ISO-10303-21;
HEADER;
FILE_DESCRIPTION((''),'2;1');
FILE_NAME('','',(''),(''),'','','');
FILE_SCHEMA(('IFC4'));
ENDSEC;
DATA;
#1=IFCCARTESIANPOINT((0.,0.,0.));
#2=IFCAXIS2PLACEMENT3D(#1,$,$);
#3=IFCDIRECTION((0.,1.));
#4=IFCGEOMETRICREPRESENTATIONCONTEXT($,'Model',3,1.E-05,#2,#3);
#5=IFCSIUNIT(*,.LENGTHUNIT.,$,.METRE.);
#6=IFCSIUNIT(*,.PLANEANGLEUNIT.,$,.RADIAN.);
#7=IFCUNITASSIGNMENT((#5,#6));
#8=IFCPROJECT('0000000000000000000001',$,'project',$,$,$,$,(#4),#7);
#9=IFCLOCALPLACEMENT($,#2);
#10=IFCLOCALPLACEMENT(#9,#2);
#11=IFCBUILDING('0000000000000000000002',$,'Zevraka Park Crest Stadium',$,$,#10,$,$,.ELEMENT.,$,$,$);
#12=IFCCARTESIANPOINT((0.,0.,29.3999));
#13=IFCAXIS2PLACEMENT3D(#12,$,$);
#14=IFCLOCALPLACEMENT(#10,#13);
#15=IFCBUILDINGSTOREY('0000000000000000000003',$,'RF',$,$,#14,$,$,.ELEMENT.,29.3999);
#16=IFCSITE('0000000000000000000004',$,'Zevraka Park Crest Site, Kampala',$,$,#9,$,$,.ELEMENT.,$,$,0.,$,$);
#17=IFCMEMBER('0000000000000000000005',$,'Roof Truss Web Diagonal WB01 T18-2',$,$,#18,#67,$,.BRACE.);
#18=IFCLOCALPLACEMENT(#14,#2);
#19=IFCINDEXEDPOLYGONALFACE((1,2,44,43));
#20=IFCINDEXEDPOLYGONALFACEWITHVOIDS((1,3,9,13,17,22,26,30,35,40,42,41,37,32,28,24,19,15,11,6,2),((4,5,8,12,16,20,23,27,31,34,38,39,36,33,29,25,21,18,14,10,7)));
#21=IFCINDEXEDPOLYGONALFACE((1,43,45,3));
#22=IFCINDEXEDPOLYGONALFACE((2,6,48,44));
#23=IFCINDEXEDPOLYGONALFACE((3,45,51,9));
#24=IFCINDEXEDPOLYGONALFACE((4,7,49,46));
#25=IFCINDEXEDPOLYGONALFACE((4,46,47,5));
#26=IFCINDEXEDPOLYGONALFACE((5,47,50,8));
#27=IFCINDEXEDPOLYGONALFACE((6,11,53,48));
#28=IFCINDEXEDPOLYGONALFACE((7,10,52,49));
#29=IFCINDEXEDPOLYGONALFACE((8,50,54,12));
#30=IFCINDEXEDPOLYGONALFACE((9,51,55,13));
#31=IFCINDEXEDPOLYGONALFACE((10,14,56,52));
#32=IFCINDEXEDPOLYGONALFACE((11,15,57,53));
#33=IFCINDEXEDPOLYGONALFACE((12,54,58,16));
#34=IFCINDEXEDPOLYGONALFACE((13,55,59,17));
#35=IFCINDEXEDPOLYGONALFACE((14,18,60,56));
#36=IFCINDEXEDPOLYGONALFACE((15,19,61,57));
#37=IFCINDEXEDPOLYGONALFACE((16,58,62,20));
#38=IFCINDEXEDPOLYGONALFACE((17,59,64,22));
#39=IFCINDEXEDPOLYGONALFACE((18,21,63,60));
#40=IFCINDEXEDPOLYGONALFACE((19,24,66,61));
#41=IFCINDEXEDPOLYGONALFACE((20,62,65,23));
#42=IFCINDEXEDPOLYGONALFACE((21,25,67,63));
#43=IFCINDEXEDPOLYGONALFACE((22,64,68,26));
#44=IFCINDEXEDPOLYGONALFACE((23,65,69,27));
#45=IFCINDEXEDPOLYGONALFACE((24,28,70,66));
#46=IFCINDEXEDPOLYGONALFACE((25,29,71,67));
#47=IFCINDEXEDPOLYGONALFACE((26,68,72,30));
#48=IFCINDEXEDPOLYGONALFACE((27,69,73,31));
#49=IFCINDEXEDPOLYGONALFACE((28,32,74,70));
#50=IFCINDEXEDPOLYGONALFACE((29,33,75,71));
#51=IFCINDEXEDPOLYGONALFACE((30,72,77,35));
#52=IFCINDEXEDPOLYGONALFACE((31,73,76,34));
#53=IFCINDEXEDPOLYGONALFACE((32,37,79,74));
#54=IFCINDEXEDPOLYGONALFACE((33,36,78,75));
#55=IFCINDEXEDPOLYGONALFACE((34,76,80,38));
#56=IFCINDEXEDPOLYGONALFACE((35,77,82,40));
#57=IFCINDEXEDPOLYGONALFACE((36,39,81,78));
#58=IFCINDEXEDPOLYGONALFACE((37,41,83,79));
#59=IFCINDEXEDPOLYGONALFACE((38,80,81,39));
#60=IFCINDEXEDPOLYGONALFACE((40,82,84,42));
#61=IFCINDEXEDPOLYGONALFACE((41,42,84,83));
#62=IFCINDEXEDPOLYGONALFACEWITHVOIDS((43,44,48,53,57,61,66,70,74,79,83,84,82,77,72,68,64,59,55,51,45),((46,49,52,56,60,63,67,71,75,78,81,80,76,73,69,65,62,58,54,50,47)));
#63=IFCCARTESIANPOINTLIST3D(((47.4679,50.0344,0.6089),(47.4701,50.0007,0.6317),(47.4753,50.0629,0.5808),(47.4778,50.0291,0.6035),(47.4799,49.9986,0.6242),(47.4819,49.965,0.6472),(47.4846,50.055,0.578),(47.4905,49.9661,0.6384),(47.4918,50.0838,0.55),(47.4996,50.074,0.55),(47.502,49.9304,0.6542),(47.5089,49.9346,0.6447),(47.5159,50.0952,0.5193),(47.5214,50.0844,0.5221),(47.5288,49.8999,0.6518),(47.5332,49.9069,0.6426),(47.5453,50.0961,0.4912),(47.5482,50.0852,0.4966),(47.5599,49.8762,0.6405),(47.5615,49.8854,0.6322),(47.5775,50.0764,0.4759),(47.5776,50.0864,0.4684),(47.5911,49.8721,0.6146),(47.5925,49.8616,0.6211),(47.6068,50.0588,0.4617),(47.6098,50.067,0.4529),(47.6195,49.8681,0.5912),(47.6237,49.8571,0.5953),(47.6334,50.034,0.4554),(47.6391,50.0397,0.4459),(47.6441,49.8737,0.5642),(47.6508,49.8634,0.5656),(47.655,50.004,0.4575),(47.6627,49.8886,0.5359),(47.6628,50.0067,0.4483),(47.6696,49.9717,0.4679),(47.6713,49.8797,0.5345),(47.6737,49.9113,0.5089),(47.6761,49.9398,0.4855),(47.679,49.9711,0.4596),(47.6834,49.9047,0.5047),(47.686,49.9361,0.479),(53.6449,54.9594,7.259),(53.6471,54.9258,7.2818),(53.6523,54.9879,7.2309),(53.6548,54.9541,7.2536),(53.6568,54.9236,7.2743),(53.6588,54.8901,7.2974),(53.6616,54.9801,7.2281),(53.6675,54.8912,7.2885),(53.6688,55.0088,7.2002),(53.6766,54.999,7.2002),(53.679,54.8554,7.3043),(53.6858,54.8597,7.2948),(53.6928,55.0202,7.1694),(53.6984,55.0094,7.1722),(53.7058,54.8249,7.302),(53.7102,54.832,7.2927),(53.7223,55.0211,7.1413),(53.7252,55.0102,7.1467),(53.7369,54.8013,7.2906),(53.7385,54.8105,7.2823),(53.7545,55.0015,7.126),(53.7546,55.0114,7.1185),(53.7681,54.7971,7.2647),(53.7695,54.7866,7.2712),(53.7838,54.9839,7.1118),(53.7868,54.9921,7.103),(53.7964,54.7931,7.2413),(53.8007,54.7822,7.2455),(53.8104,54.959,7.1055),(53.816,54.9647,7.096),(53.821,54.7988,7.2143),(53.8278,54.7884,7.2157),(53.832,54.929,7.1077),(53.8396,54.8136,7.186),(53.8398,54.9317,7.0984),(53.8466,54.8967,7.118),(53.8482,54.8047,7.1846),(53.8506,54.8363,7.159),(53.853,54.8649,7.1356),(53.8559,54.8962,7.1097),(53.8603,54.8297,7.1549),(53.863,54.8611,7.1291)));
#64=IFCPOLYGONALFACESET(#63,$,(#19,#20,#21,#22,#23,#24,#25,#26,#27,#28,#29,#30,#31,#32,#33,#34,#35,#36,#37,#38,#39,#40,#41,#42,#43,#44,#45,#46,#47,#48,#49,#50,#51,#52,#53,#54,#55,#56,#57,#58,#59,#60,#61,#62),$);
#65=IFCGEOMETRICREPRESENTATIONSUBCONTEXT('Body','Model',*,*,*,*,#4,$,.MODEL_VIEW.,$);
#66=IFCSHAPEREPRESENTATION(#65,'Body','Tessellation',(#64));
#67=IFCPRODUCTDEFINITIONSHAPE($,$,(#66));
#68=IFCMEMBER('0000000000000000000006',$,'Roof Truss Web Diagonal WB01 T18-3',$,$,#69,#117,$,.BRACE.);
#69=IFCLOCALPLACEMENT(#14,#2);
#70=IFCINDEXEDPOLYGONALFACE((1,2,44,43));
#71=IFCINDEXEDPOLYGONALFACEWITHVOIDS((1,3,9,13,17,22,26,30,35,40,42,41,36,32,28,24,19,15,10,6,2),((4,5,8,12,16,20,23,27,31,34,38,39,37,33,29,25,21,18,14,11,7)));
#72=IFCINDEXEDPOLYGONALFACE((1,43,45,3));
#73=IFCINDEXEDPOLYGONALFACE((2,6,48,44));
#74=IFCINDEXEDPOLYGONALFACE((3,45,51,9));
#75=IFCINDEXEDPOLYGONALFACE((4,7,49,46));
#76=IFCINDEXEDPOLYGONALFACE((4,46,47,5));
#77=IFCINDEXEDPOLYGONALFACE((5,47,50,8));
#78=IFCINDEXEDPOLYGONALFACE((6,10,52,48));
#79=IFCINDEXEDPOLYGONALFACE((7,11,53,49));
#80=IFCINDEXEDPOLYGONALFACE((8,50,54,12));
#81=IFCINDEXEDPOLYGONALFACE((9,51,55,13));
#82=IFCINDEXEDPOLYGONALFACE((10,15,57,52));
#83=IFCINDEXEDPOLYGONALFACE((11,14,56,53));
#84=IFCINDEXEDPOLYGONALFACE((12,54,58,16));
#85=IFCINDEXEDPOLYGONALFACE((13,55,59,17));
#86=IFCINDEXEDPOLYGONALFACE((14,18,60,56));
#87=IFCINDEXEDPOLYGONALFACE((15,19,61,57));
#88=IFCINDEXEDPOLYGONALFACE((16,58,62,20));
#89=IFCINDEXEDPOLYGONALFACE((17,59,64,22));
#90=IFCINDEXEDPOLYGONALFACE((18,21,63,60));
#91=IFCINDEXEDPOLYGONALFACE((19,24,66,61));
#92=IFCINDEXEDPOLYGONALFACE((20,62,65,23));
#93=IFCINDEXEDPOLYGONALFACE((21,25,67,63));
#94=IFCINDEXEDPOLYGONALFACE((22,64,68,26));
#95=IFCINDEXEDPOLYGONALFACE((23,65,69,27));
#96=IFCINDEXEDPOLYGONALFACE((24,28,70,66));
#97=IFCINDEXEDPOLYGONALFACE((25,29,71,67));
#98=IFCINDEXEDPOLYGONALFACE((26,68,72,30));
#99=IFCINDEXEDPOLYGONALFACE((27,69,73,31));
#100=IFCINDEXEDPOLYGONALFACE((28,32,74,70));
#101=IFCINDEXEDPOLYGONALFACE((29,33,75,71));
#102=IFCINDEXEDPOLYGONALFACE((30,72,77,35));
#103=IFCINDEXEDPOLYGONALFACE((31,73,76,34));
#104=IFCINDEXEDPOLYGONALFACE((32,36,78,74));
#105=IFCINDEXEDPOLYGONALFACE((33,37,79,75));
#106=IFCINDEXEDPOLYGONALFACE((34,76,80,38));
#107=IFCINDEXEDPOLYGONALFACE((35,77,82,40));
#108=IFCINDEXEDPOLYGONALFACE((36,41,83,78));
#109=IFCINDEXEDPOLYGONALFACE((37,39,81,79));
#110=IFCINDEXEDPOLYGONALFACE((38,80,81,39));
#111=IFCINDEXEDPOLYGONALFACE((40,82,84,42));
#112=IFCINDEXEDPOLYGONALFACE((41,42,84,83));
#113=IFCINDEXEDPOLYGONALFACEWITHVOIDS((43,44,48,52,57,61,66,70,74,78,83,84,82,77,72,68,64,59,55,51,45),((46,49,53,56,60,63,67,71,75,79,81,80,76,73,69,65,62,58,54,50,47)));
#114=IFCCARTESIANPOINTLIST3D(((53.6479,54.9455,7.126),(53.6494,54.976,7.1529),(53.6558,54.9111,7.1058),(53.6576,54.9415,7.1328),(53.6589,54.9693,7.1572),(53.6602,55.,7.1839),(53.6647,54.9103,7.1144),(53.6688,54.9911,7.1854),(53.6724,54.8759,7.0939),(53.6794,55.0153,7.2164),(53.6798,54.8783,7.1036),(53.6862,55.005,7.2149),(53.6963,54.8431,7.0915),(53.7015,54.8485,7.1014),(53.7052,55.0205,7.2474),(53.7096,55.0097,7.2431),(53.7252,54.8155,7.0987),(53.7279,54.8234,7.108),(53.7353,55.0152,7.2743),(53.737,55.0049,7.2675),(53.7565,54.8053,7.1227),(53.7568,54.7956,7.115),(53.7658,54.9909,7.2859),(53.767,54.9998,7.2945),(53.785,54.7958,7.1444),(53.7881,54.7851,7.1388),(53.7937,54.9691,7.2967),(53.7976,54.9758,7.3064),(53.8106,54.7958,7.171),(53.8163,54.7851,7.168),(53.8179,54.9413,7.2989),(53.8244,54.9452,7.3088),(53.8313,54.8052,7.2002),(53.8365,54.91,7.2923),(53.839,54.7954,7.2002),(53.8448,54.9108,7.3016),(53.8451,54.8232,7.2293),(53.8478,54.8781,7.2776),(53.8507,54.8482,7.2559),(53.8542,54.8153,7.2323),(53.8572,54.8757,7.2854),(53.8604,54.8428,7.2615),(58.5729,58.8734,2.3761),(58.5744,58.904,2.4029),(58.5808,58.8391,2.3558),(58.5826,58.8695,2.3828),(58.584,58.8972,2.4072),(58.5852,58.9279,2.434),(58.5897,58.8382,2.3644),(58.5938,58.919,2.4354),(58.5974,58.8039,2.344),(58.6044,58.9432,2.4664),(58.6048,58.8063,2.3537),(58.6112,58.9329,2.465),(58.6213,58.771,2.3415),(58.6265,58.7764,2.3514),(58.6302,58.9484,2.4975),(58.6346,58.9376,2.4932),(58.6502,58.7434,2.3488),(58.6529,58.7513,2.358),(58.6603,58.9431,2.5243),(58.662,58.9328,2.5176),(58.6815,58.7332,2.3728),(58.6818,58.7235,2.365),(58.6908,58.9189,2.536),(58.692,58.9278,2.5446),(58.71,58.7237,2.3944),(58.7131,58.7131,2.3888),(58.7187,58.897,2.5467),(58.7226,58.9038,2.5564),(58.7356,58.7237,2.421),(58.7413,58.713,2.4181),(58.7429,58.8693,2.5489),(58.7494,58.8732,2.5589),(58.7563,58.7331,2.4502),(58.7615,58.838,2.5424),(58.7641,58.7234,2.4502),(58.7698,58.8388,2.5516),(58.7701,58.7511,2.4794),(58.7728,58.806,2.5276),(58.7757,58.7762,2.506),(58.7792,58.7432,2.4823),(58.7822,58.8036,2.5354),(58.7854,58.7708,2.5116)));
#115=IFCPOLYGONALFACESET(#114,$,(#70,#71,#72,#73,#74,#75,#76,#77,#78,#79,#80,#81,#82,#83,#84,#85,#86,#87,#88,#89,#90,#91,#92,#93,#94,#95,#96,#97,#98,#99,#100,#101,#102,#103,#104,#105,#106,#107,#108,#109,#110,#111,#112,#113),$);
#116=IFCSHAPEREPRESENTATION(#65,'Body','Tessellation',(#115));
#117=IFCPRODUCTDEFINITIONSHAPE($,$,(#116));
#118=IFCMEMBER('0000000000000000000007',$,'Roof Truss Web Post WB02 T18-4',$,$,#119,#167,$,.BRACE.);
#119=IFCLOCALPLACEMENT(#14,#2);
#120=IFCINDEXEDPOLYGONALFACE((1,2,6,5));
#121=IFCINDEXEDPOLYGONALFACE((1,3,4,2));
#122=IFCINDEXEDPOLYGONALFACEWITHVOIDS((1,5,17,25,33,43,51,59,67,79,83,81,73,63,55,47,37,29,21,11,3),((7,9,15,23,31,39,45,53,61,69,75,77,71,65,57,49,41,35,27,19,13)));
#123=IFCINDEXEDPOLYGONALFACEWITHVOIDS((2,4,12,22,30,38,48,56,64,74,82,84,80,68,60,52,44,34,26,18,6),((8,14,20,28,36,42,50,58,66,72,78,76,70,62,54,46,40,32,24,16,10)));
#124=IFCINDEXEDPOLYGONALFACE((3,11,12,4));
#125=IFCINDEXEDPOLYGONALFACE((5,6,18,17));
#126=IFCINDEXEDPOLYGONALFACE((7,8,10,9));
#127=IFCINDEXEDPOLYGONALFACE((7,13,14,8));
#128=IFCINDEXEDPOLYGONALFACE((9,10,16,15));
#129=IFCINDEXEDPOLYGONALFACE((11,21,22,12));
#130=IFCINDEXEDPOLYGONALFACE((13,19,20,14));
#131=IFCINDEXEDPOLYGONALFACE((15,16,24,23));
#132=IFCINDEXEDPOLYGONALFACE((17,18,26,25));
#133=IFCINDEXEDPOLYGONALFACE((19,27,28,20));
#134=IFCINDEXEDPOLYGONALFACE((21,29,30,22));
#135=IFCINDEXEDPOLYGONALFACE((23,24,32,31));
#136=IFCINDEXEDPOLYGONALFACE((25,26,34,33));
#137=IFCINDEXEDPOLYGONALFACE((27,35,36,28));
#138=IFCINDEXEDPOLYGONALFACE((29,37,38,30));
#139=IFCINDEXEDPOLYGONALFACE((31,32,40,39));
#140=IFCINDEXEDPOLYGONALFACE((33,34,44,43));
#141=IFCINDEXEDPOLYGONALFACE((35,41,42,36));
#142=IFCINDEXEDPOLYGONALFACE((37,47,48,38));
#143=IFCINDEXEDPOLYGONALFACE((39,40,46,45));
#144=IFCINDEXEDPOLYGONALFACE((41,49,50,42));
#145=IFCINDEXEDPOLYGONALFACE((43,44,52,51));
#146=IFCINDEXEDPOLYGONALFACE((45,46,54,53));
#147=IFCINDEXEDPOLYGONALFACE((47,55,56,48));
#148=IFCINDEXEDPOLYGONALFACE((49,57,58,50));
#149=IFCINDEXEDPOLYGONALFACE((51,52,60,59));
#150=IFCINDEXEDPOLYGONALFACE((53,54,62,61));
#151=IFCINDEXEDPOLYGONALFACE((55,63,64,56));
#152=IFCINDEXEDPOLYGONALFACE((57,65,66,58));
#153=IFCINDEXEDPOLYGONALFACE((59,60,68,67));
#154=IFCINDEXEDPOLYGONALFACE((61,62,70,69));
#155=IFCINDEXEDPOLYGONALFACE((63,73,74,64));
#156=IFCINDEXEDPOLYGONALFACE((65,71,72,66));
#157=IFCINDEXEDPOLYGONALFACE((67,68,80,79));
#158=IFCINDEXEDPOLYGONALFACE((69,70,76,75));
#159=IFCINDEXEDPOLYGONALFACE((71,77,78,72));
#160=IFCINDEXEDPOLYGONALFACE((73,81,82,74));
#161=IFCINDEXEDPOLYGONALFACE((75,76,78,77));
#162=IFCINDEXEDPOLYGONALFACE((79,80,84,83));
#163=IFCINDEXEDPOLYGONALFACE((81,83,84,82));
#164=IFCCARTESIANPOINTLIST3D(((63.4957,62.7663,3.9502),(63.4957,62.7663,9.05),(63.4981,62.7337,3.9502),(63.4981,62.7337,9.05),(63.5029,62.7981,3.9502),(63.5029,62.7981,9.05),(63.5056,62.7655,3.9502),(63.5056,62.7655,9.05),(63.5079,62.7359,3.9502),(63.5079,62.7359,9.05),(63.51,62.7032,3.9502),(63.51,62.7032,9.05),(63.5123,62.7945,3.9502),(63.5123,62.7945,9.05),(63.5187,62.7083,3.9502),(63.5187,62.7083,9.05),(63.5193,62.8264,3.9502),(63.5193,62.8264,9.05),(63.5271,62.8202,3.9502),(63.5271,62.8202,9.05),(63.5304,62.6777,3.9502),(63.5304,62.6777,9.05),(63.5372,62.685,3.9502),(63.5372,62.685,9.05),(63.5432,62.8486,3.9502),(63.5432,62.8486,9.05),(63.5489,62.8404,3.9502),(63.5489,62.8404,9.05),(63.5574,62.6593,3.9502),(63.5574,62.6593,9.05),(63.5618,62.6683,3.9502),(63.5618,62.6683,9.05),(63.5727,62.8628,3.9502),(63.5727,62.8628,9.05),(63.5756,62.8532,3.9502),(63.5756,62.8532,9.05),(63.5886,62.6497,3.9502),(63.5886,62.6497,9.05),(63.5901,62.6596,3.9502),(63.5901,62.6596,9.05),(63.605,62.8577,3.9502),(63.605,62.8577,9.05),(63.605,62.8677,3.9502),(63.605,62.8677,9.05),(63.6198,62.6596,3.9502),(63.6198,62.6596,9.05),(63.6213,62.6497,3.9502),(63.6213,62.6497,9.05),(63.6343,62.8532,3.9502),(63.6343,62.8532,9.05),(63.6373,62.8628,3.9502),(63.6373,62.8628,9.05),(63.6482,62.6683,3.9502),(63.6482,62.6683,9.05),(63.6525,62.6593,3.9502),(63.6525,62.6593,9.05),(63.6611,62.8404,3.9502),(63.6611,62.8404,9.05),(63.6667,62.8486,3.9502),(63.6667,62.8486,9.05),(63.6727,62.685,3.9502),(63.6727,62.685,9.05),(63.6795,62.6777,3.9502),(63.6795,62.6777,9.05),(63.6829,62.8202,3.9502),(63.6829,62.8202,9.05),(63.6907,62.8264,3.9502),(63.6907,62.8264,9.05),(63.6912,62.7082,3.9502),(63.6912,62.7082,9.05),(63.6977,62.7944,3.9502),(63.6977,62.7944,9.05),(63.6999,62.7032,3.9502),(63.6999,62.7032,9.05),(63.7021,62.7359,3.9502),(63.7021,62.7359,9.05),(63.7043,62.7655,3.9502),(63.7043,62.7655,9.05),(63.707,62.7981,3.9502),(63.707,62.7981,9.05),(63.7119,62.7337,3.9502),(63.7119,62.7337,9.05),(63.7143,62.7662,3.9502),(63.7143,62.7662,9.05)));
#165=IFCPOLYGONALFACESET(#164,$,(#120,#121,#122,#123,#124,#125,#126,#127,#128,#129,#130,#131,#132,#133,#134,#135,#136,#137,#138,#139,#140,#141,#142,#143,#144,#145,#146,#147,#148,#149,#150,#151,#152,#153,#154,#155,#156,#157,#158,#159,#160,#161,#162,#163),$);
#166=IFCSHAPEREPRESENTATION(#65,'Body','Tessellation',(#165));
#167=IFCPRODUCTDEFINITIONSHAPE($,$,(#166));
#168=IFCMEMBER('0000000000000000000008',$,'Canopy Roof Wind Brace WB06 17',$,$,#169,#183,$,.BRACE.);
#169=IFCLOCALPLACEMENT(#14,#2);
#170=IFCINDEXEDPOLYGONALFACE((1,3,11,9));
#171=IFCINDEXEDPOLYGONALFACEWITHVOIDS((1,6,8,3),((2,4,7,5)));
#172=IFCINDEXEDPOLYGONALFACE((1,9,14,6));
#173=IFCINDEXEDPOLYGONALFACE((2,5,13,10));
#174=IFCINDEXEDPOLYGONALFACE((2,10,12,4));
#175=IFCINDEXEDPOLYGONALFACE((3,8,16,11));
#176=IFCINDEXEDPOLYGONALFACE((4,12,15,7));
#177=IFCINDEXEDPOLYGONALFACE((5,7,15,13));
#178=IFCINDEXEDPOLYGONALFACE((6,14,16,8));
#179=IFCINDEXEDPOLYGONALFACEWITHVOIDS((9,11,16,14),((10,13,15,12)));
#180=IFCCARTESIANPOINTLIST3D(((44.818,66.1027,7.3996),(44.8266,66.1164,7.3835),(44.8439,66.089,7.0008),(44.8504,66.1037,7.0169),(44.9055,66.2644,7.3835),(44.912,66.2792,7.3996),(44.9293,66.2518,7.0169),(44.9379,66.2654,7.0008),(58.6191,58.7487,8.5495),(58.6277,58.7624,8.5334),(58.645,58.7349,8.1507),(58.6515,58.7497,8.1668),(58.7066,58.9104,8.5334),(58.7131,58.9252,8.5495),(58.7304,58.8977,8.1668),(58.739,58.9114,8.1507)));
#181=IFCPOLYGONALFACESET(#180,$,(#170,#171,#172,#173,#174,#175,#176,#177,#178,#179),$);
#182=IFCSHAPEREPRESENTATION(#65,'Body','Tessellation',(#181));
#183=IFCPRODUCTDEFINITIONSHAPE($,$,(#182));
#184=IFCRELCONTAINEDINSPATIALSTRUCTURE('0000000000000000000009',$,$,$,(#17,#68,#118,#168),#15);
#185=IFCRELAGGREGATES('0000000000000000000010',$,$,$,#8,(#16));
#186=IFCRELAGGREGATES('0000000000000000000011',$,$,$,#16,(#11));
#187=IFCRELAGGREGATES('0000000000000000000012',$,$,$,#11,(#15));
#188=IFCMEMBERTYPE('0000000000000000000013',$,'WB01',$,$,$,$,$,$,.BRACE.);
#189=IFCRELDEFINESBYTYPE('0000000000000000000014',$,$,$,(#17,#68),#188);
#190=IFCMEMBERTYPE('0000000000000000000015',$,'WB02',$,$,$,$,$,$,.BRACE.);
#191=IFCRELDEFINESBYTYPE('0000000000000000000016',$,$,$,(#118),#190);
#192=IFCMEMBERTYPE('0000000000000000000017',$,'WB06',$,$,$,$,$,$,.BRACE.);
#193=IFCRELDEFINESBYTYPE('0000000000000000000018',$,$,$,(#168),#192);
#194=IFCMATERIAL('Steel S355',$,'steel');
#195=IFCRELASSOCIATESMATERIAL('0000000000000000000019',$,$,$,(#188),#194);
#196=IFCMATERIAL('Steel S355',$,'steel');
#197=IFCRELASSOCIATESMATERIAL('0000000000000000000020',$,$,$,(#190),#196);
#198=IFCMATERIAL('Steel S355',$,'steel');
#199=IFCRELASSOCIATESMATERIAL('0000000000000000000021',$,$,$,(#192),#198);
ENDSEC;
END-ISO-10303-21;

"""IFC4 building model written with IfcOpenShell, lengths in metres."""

from ifc_helpers import new_model, si_unit, direction, frame, origin, origin_2d, place, context, subcontext, project, spatial, hollow_rectangle, hollow_circle, extrude, material, material_profile, profile_set, type_object, element, save


model = new_model("IFC4")

# Units and contexts
model_context = context("Model", 3, precision=1e-05, world=origin(), true_north=direction((0.0, 1.0)))
body_context = subcontext(model_context, "Body", "Model", "MODEL_VIEW")
ifc_project = project(units=[si_unit("LENGTHUNIT", "METRE"), si_unit("PLANEANGLEUNIT", "RADIAN")], contexts=[model_context])

# Site, building, storey
site_placement = place(None, origin())
site = spatial("IfcSite", under=ifc_project, at=site_placement, Name="Zevraka Park Crest Site, Kampala", CompositionType="ELEMENT", RefElevation=0.0)
building_placement = place(site_placement, origin())
building = spatial("IfcBuilding", under=site, at=building_placement, Name="Zevraka Park Crest Stadium", CompositionType="ELEMENT")
storey_placement = place(building_placement, frame((0.0, 0.0, 29.3999)))
storey = spatial("IfcBuildingStorey", under=building, at=storey_placement, Name="RF", CompositionType="ELEMENT", Elevation=29.3999)

# Members
ifc_material_1 = material(Name="Steel S355", Category="steel")
ifc_material_profile_1 = material_profile(ifc_material_1, hollow_circle(Radius=0.1365, WallThickness=0.0125, at=origin_2d()), Name="CHS 273.0x12.5")
ifc_profile_set_1 = profile_set([ifc_material_profile_1], Name="Steel S355")
member_type_1 = type_object("IfcMemberType", Name="WB01", PredefinedType="BRACE", material=ifc_profile_set_1)
member_1_placement = place(storey_placement, frame((47.5769, 49.9771, 0.55), z_axis=(0.598172, 0.476935, 0.643991), x_axis=(-0.623417, 0.78189, 0.0)))
element("IfcMember", 1, at=member_1_placement, inside=storey, type_object=member_type_1, Name="Roof Truss Web Diagonal WB01 T18-2", PredefinedType="BRACE", context=body_context, shape_type="SweptSolid", body=[
    extrude(hollow_circle(Radius=0.1365, WallThickness=0.0125, at=origin_2d()), origin(), (0.0, 0.0, 1.0), 10.3264),
])
member_2_placement = place(storey_placement, frame((58.679, 58.8301, 2.4502), z_axis=(-0.624237, -0.497861, 0.60205), x_axis=(0.623527, -0.781802, 0.0)))
element("IfcMember", 2, at=member_2_placement, inside=storey, type_object=member_type_1, Name="Roof Truss Web Diagonal WB01 T18-3", PredefinedType="BRACE", context=body_context, shape_type="SweptSolid", body=[
    extrude(hollow_circle(Radius=0.1365, WallThickness=0.0125, at=origin_2d()), origin(), (0.0, 0.0, 1.0), 7.8896),
])
ifc_material_2 = material(Name="Steel S355", Category="steel")
ifc_material_profile_2 = material_profile(ifc_material_2, hollow_circle(Radius=0.1096, WallThickness=0.01, at=origin_2d()), Name="CHS 219.1x10")
ifc_profile_set_2 = profile_set([ifc_material_profile_2], Name="Steel S355")
member_type_2 = type_object("IfcMemberType", Name="WB02", PredefinedType="BRACE", material=ifc_profile_set_2)
member_3_placement = place(storey_placement, frame((63.605, 62.7581, 3.9502), z_axis=(0.0, 0.0, 1.0), x_axis=(0.781847, 0.62347, 0.0)))
element("IfcMember", 3, at=member_3_placement, inside=storey, type_object=member_type_2, Name="Roof Truss Web Post WB02 T18-4", PredefinedType="BRACE", context=body_context, shape_type="SweptSolid", body=[
    extrude(hollow_circle(Radius=0.1096, WallThickness=0.01, at=origin_2d()), origin(), (0.0, 0.0, 1.0), 5.0999),
])
ifc_material_3 = material(Name="Steel S355", Category="steel")
ifc_material_profile_3 = material_profile(ifc_material_3, hollow_rectangle(XDim=0.2, YDim=0.3999, WallThickness=0.0161, at=origin_2d()), Name="RHS 400x200x16")
ifc_profile_set_3 = profile_set([ifc_material_profile_3], Name="Steel S355")
member_type_3 = type_object("IfcMemberType", Name="WB06", PredefinedType="BRACE", material=ifc_profile_set_3)
member_4_placement = place(storey_placement, frame((44.8779, 66.1841, 7.2002), z_axis=(0.88015, -0.468996, 0.073334), x_axis=(0.470262, 0.882527, 0.0)))
element("IfcMember", 4, at=member_4_placement, inside=storey, type_object=member_type_3, Name="Canopy Roof Wind Brace WB06 17", PredefinedType="BRACE", context=body_context, shape_type="SweptSolid", body=[
    extrude(hollow_rectangle(XDim=0.2, YDim=0.3999, WallThickness=0.0161, at=origin_2d()), origin(), (0.0, 0.0, 1.0), 15.6804),
])

save(model, "model.ifc")
